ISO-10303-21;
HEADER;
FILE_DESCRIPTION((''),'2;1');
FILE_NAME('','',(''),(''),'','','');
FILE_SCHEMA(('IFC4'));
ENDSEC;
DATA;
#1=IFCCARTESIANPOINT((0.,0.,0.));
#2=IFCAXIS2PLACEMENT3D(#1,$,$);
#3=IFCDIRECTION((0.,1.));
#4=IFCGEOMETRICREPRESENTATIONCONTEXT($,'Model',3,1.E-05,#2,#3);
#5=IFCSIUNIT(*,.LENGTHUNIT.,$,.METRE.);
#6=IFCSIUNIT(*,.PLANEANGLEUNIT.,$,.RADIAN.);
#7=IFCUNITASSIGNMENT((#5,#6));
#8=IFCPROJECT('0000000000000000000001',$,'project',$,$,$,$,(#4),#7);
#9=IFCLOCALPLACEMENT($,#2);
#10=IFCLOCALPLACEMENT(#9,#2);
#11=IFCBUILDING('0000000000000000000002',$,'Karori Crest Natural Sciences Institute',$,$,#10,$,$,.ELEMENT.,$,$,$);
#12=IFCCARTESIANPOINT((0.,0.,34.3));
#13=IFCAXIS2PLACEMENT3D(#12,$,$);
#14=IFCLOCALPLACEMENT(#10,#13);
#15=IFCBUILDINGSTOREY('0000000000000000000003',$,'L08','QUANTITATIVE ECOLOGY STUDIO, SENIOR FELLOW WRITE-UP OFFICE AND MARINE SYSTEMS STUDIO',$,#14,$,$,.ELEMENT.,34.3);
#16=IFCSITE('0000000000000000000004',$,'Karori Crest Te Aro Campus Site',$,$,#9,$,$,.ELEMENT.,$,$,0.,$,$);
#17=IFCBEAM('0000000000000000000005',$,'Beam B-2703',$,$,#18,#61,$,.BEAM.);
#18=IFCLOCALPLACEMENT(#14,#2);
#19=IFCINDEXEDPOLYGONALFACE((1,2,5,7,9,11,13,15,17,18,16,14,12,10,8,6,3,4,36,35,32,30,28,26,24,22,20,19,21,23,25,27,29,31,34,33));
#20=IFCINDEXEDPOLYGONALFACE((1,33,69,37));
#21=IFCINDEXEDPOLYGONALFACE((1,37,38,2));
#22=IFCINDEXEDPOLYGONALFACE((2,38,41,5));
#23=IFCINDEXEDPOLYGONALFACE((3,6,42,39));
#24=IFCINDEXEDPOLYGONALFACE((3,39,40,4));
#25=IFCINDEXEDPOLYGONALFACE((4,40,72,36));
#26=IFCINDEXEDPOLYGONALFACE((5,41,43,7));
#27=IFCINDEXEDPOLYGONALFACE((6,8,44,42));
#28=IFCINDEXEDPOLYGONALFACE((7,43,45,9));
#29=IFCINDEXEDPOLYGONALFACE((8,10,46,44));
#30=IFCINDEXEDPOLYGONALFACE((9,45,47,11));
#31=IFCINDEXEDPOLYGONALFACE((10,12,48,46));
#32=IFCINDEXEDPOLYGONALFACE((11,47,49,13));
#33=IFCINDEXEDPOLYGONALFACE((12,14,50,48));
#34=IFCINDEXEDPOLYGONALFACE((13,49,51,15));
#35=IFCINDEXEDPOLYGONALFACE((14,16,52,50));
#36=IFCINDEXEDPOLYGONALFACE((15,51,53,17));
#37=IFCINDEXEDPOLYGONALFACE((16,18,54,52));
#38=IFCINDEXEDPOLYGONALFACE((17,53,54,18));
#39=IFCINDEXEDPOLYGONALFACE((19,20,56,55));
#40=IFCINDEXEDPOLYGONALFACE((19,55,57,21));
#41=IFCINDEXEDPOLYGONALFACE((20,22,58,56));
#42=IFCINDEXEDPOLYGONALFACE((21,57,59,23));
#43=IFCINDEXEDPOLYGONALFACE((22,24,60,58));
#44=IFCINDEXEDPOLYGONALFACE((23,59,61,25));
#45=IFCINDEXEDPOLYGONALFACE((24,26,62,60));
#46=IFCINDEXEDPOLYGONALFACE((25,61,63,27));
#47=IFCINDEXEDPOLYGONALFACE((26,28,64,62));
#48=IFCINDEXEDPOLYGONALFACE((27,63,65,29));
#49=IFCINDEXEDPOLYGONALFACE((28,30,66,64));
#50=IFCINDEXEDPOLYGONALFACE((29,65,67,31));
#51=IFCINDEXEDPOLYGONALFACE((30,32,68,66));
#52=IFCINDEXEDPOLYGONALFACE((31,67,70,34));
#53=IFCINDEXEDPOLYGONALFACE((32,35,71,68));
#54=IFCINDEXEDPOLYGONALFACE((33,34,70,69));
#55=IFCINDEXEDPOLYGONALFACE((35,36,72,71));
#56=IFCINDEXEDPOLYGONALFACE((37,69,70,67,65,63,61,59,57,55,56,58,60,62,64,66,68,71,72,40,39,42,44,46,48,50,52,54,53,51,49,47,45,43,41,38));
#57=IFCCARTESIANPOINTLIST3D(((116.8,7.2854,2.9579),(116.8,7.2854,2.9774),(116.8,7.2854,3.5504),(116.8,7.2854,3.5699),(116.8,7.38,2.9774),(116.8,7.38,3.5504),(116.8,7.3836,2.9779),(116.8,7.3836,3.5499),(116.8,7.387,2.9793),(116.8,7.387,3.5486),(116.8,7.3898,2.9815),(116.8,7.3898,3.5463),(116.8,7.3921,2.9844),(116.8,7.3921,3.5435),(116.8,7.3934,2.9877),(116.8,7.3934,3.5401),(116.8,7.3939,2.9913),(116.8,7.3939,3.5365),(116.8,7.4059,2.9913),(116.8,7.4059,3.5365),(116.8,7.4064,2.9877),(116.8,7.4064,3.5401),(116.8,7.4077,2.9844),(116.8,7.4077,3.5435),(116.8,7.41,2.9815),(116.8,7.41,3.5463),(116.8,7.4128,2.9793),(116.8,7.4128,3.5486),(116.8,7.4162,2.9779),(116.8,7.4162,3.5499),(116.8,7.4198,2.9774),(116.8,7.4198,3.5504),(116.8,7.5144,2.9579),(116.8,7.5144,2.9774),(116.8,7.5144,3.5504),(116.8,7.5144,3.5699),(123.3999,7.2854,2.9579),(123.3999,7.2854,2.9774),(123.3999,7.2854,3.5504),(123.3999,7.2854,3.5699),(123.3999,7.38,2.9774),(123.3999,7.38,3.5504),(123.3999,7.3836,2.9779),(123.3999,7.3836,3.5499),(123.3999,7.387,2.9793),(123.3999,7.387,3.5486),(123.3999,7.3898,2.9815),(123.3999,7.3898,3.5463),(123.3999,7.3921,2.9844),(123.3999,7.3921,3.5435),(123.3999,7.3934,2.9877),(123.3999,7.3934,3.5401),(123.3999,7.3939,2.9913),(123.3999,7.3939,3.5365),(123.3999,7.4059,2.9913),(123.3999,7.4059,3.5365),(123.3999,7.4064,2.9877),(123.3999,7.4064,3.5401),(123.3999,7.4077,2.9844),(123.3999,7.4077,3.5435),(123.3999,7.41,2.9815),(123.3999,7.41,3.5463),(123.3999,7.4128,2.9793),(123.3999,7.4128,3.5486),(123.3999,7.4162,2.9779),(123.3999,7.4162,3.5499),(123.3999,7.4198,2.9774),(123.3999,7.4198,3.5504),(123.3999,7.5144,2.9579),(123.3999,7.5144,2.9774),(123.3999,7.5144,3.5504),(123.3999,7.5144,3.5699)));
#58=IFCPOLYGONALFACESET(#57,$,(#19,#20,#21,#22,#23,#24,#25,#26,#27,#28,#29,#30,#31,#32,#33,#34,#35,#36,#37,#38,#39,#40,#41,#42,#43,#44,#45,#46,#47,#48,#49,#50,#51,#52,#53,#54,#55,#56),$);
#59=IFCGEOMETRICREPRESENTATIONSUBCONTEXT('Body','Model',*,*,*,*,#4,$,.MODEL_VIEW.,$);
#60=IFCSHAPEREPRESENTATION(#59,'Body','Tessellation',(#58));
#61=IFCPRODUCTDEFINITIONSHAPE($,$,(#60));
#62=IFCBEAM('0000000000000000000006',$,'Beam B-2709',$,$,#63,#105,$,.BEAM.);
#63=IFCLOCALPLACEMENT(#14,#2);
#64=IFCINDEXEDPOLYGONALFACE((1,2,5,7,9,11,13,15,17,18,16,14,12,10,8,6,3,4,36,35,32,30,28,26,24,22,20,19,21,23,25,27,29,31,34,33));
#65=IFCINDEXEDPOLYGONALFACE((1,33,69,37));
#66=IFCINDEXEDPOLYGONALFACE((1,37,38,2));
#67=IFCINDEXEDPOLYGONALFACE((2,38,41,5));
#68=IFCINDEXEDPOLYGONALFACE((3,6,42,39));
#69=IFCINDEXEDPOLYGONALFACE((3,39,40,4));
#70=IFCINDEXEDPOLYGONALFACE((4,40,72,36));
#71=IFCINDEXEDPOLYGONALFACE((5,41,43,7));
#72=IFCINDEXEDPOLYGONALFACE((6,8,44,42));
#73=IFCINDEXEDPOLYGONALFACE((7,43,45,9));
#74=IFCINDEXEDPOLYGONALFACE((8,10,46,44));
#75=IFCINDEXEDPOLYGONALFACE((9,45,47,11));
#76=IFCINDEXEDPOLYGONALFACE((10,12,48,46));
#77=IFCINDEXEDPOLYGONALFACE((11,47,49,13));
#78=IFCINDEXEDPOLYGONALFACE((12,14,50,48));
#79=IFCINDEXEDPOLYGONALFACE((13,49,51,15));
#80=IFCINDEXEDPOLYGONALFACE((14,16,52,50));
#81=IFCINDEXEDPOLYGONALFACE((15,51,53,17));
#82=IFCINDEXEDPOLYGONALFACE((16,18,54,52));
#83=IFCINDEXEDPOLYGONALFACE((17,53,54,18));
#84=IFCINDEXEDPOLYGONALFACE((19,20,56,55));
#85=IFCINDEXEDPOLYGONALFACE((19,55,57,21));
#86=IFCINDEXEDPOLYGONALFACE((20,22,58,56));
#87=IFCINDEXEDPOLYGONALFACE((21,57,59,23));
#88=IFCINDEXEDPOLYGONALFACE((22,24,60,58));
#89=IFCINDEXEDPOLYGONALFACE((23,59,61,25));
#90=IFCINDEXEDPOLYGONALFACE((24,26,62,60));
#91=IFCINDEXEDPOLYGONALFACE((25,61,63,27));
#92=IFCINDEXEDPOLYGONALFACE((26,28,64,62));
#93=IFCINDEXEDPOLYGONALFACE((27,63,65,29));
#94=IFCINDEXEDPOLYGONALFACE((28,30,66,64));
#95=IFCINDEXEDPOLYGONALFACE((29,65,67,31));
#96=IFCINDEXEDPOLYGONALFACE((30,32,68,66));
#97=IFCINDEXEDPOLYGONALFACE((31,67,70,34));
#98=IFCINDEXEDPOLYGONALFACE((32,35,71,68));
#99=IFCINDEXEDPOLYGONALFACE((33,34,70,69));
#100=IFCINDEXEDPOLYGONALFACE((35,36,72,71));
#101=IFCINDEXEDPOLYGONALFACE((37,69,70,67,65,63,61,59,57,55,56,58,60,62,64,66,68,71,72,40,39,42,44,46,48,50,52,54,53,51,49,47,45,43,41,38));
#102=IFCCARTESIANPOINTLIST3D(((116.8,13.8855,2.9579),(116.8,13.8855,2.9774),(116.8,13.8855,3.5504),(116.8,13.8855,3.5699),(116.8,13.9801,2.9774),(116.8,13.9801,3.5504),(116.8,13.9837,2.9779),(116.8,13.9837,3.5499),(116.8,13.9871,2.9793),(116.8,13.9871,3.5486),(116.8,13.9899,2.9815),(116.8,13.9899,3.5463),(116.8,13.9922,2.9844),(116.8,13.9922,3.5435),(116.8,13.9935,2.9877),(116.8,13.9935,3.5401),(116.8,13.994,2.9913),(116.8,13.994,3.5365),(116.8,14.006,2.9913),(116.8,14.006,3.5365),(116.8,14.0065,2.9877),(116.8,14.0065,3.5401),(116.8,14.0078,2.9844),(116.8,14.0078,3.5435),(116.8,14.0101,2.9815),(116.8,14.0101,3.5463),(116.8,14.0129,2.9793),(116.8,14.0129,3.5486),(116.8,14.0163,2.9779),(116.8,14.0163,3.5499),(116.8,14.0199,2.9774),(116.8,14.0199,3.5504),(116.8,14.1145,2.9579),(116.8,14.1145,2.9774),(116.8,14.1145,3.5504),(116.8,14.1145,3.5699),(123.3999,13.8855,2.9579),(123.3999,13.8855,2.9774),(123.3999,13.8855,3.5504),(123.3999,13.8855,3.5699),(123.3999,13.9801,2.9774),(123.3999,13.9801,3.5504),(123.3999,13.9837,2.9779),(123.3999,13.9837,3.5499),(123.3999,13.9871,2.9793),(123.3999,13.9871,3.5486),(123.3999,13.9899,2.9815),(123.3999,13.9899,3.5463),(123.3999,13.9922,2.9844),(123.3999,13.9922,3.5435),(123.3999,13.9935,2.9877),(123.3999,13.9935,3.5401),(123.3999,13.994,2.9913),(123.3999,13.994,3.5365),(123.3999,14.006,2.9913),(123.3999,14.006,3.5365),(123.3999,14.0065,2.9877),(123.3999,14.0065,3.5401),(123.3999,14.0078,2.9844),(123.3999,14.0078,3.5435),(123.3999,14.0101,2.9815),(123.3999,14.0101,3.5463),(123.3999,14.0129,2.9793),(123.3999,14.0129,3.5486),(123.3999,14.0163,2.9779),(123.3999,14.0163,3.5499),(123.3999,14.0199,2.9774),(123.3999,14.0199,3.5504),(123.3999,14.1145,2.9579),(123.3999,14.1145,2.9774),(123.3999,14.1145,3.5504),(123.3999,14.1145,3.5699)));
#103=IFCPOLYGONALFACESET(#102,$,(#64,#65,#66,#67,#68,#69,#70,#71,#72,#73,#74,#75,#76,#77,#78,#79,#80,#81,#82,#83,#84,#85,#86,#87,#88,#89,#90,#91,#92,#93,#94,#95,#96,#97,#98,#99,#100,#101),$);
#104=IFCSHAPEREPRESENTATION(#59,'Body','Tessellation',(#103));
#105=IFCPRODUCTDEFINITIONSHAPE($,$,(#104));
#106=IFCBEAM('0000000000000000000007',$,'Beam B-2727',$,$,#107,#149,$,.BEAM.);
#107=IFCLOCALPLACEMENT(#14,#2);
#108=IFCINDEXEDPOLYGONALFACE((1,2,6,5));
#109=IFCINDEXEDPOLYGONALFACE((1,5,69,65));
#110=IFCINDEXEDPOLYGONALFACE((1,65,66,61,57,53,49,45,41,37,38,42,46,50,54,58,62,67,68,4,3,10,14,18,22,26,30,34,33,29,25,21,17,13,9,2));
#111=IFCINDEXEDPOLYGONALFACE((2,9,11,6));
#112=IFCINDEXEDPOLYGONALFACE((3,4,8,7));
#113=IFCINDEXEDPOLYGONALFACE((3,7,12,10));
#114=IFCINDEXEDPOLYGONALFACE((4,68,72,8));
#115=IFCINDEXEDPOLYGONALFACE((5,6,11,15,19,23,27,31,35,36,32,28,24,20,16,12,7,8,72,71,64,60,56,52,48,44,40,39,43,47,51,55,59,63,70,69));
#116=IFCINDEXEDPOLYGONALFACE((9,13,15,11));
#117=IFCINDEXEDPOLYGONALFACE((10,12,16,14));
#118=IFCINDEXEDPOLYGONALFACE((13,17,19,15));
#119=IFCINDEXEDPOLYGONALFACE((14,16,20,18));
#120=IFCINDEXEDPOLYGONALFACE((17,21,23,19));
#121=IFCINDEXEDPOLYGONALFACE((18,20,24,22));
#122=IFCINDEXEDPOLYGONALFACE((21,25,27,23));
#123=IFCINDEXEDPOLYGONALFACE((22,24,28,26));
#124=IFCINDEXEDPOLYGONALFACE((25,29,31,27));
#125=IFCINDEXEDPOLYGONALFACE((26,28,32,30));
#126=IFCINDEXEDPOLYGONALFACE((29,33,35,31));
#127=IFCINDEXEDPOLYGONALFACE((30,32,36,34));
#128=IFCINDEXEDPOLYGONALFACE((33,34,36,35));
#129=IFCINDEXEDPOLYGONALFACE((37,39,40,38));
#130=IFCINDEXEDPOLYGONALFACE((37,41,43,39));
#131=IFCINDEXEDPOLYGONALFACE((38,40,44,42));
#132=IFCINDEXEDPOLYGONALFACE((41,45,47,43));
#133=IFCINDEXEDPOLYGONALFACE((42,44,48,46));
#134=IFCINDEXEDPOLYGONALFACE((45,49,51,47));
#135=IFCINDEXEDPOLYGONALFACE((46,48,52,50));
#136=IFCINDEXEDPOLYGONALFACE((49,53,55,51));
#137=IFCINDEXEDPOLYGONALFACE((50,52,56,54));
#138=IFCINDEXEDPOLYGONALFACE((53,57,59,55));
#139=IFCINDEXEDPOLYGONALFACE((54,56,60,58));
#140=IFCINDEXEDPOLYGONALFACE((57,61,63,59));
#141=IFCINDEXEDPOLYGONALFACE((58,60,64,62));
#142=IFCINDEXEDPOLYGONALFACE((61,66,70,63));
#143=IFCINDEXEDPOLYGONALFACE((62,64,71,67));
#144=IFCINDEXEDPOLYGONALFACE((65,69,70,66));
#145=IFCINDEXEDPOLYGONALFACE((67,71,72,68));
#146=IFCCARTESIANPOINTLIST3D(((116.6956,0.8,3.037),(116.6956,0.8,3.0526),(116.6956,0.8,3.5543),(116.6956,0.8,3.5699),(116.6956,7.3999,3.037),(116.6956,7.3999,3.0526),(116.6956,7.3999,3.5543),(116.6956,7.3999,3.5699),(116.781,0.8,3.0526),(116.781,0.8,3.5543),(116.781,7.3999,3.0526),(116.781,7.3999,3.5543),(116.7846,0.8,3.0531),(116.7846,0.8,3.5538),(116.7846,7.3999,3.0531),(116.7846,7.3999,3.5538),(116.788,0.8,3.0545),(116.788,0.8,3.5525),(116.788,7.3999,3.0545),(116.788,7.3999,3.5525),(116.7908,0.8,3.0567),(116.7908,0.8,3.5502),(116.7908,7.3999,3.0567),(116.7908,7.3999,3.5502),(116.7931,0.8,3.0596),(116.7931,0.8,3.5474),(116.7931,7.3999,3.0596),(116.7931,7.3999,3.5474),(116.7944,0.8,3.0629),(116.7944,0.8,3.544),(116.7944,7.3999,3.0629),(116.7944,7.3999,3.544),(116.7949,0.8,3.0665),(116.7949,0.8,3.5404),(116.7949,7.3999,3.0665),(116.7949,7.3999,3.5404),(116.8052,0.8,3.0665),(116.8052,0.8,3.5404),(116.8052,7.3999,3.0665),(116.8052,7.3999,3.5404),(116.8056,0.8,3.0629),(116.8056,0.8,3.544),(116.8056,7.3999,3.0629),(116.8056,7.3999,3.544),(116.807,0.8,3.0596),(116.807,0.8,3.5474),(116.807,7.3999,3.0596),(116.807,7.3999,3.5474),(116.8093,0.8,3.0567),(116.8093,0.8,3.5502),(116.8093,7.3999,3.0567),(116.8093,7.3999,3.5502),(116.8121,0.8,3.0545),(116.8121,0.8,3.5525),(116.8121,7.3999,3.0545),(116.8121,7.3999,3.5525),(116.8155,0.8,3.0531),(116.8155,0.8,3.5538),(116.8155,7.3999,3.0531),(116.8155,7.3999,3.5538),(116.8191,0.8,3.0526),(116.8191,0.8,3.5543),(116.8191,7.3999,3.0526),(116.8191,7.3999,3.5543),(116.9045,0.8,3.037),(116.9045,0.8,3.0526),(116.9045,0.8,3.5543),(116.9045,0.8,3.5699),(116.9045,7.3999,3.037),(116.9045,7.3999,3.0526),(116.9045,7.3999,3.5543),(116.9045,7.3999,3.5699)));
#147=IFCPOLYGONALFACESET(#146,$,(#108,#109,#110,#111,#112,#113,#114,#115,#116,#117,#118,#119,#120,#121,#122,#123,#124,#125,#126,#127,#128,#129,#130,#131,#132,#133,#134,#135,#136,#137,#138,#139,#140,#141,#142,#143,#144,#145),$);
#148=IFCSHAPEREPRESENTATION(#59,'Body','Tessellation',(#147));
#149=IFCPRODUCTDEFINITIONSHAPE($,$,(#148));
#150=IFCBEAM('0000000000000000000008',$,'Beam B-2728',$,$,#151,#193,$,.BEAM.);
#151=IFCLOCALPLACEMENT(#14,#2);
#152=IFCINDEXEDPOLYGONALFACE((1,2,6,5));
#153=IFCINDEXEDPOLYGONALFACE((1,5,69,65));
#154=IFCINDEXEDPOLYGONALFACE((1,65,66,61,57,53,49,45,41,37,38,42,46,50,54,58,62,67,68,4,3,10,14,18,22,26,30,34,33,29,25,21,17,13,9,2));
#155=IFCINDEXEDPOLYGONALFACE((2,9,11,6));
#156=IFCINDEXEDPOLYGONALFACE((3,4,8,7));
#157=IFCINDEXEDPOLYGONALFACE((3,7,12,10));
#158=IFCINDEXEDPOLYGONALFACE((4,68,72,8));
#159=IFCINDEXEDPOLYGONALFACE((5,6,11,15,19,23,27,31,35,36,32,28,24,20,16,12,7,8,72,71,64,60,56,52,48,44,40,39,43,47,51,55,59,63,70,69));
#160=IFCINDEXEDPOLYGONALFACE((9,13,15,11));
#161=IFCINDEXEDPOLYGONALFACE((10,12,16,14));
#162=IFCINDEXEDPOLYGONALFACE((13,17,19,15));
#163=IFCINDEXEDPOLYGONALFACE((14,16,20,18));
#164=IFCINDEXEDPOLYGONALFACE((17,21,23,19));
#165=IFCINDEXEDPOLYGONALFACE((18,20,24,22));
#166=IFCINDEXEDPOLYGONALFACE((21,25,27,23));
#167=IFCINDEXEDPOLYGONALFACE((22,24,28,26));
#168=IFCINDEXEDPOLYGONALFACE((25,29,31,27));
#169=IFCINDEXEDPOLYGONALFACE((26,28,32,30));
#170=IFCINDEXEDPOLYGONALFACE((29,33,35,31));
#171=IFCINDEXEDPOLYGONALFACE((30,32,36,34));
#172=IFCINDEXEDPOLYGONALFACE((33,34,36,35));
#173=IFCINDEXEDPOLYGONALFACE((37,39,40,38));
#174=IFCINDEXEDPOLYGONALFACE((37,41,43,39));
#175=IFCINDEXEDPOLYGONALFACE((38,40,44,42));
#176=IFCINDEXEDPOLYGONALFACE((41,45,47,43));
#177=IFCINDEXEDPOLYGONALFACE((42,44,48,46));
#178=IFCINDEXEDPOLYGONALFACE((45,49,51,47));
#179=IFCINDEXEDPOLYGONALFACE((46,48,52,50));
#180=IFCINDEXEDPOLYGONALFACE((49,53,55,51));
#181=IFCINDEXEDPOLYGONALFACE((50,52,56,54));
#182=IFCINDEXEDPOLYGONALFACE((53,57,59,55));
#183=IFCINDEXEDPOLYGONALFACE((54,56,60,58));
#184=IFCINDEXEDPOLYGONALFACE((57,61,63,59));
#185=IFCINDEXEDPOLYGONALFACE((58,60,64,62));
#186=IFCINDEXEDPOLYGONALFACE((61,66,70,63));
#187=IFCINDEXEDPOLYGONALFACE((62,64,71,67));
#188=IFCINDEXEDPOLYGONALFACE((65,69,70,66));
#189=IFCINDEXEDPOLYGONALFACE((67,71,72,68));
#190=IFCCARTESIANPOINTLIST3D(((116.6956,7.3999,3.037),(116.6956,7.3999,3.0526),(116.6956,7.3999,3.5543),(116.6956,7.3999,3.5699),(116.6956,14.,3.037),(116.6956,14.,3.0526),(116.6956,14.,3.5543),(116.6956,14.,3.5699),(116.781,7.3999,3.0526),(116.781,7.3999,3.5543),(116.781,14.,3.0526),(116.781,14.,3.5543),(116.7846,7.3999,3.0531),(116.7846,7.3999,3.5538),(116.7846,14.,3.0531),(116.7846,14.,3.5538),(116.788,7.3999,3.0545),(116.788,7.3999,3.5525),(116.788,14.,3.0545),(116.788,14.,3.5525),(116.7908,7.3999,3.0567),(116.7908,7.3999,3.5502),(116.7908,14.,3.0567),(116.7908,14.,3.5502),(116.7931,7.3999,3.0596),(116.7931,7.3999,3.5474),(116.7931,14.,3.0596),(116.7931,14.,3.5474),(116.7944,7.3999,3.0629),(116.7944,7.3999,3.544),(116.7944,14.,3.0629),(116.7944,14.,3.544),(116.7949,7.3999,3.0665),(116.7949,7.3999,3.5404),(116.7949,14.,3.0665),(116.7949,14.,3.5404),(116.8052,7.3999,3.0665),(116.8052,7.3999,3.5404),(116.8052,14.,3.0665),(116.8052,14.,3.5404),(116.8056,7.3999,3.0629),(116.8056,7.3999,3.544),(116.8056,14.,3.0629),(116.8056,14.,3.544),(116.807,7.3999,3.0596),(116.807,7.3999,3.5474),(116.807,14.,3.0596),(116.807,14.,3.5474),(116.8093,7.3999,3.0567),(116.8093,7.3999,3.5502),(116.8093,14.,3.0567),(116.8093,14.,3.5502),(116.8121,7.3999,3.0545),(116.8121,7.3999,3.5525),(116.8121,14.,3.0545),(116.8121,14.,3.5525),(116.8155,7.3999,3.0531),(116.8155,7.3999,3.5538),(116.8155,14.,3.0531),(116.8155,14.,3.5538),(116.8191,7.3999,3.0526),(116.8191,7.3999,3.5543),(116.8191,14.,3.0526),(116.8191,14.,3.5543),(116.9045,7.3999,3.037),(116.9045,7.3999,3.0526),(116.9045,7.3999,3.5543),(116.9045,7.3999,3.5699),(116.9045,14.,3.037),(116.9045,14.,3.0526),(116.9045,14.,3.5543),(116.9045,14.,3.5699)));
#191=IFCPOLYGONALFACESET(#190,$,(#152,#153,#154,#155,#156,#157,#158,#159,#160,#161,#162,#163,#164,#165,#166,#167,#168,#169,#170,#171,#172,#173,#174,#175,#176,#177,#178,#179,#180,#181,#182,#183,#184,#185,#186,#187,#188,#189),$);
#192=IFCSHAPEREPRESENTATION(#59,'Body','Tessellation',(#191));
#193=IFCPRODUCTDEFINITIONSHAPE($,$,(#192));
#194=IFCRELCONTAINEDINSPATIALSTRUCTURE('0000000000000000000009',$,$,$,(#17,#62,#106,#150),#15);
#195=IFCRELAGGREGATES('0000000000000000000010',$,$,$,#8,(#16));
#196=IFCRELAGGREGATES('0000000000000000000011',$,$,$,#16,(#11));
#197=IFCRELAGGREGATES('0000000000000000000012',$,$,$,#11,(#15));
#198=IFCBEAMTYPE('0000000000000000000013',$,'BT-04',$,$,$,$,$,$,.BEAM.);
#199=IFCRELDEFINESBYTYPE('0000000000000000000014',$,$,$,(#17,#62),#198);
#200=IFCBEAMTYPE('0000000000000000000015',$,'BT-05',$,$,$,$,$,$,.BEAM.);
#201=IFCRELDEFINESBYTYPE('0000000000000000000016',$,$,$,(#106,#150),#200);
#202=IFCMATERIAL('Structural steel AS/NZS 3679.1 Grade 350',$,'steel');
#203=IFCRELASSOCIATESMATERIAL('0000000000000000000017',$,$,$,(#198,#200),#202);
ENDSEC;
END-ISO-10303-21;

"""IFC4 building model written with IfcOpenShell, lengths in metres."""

from ifc_helpers import new_model, si_unit, direction, frame, origin, origin_2d, place, context, subcontext, project, spatial, i_section, extrude, material, material_profile, profile_set, type_object, element, save


model = new_model("IFC4")

# Units and contexts
model_context = context("Model", 3, precision=1e-05, world=origin(), true_north=direction((0.0, 1.0)))
body_context = subcontext(model_context, "Body", "Model", "MODEL_VIEW")
ifc_project = project(units=[si_unit("LENGTHUNIT", "METRE"), si_unit("PLANEANGLEUNIT", "RADIAN")], contexts=[model_context])

# Site, building, storey
site_placement = place(None, origin())
site = spatial("IfcSite", under=ifc_project, at=site_placement, Name="Karori Crest Te Aro Campus Site", CompositionType="ELEMENT", RefElevation=0.0)
building_placement = place(site_placement, origin())
building = spatial("IfcBuilding", under=site, at=building_placement, Name="Karori Crest Natural Sciences Institute", CompositionType="ELEMENT")
storey_placement = place(building_placement, frame((0.0, 0.0, 34.3)))
storey = spatial("IfcBuildingStorey", under=building, at=storey_placement, Name="L08", Description="QUANTITATIVE ECOLOGY STUDIO, SENIOR FELLOW WRITE-UP OFFICE AND MARINE SYSTEMS STUDIO", CompositionType="ELEMENT", Elevation=34.3)

# Shared definitions
ifc_material_1 = material(Name="Structural steel AS/NZS 3679.1 Grade 350", Category="steel")

# Beams
ifc_material_profile_1 = material_profile(ifc_material_1, i_section(OverallWidth=0.229, OverallDepth=0.6121, WebThickness=0.012, FlangeThickness=0.0195, FilletRadius=0.0139, at=origin_2d()), Name="610UB125")
ifc_profile_set_1 = profile_set([ifc_material_profile_1], Name="Structural steel AS/NZS 3679.1 Grade 350")
beam_type_1 = type_object("IfcBeamType", Name="BT-04", PredefinedType="BEAM", material=ifc_profile_set_1)
for number, where, z_axis, x_axis, name in (
    (1, (116.8, 7.3999, 3.2639), (1.0, 0.0, 0.0), (0.0, 1.0, 0.0), "Beam B-2703"),
    (2, (116.8, 14.0, 3.2639), (1.0, 0.0, 0.0), (0.0, 1.0, 0.0), "Beam B-2709"),
):
    element("IfcBeam", number, at=place(storey_placement, frame(where, z_axis=z_axis, x_axis=x_axis)), inside=storey, type_object=beam_type_1, Name=name, PredefinedType="BEAM", context=body_context, shape_type="SweptSolid", body=[
        extrude(i_section(OverallWidth=0.229, OverallDepth=0.6121, WebThickness=0.012, FlangeThickness=0.0195, FilletRadius=0.0139, at=origin_2d()), origin(), (0.0, 0.0, 1.0), 6.5999),
    ])
ifc_material_profile_2 = material_profile(ifc_material_1, i_section(OverallWidth=0.209, OverallDepth=0.533, WebThickness=0.0103, FlangeThickness=0.0156, FilletRadius=0.0139, at=origin_2d()), Name="530UB92.4")
ifc_profile_set_2 = profile_set([ifc_material_profile_2], Name="Structural steel AS/NZS 3679.1 Grade 350")
beam_type_2 = type_object("IfcBeamType", Name="BT-05", PredefinedType="BEAM", material=ifc_profile_set_2)
beam_1_placement = place(storey_placement, frame((116.8, 0.8, 3.3035), z_axis=(0.0, 1.0, 0.0), x_axis=(-1.0, 0.0, 0.0)))
element("IfcBeam", 3, at=beam_1_placement, inside=storey, type_object=beam_type_2, Name="Beam B-2727", PredefinedType="BEAM", context=body_context, shape_type="SweptSolid", body=[
    extrude(i_section(OverallWidth=0.209, OverallDepth=0.533, WebThickness=0.0103, FlangeThickness=0.0156, FilletRadius=0.0139, at=origin_2d()), origin(), (0.0, 0.0, 1.0), 6.5999),
])
for number, where, z_axis, x_axis, name in (
    (4, (116.8, 7.3999, 3.3035), (0.0, 1.0, 0.0), (-1.0, 0.0, 0.0), "Beam B-2728"),
):
    element("IfcBeam", number, at=place(storey_placement, frame(where, z_axis=z_axis, x_axis=x_axis)), inside=storey, type_object=beam_type_2, Name=name, PredefinedType="BEAM", context=body_context, shape_type="SweptSolid", body=[
        extrude(i_section(OverallWidth=0.209, OverallDepth=0.533, WebThickness=0.0103, FlangeThickness=0.0156, FilletRadius=0.0139, at=origin_2d()), origin(), (0.0, 0.0, 1.0), 6.6001),
    ])

save(model, "model.ifc")
